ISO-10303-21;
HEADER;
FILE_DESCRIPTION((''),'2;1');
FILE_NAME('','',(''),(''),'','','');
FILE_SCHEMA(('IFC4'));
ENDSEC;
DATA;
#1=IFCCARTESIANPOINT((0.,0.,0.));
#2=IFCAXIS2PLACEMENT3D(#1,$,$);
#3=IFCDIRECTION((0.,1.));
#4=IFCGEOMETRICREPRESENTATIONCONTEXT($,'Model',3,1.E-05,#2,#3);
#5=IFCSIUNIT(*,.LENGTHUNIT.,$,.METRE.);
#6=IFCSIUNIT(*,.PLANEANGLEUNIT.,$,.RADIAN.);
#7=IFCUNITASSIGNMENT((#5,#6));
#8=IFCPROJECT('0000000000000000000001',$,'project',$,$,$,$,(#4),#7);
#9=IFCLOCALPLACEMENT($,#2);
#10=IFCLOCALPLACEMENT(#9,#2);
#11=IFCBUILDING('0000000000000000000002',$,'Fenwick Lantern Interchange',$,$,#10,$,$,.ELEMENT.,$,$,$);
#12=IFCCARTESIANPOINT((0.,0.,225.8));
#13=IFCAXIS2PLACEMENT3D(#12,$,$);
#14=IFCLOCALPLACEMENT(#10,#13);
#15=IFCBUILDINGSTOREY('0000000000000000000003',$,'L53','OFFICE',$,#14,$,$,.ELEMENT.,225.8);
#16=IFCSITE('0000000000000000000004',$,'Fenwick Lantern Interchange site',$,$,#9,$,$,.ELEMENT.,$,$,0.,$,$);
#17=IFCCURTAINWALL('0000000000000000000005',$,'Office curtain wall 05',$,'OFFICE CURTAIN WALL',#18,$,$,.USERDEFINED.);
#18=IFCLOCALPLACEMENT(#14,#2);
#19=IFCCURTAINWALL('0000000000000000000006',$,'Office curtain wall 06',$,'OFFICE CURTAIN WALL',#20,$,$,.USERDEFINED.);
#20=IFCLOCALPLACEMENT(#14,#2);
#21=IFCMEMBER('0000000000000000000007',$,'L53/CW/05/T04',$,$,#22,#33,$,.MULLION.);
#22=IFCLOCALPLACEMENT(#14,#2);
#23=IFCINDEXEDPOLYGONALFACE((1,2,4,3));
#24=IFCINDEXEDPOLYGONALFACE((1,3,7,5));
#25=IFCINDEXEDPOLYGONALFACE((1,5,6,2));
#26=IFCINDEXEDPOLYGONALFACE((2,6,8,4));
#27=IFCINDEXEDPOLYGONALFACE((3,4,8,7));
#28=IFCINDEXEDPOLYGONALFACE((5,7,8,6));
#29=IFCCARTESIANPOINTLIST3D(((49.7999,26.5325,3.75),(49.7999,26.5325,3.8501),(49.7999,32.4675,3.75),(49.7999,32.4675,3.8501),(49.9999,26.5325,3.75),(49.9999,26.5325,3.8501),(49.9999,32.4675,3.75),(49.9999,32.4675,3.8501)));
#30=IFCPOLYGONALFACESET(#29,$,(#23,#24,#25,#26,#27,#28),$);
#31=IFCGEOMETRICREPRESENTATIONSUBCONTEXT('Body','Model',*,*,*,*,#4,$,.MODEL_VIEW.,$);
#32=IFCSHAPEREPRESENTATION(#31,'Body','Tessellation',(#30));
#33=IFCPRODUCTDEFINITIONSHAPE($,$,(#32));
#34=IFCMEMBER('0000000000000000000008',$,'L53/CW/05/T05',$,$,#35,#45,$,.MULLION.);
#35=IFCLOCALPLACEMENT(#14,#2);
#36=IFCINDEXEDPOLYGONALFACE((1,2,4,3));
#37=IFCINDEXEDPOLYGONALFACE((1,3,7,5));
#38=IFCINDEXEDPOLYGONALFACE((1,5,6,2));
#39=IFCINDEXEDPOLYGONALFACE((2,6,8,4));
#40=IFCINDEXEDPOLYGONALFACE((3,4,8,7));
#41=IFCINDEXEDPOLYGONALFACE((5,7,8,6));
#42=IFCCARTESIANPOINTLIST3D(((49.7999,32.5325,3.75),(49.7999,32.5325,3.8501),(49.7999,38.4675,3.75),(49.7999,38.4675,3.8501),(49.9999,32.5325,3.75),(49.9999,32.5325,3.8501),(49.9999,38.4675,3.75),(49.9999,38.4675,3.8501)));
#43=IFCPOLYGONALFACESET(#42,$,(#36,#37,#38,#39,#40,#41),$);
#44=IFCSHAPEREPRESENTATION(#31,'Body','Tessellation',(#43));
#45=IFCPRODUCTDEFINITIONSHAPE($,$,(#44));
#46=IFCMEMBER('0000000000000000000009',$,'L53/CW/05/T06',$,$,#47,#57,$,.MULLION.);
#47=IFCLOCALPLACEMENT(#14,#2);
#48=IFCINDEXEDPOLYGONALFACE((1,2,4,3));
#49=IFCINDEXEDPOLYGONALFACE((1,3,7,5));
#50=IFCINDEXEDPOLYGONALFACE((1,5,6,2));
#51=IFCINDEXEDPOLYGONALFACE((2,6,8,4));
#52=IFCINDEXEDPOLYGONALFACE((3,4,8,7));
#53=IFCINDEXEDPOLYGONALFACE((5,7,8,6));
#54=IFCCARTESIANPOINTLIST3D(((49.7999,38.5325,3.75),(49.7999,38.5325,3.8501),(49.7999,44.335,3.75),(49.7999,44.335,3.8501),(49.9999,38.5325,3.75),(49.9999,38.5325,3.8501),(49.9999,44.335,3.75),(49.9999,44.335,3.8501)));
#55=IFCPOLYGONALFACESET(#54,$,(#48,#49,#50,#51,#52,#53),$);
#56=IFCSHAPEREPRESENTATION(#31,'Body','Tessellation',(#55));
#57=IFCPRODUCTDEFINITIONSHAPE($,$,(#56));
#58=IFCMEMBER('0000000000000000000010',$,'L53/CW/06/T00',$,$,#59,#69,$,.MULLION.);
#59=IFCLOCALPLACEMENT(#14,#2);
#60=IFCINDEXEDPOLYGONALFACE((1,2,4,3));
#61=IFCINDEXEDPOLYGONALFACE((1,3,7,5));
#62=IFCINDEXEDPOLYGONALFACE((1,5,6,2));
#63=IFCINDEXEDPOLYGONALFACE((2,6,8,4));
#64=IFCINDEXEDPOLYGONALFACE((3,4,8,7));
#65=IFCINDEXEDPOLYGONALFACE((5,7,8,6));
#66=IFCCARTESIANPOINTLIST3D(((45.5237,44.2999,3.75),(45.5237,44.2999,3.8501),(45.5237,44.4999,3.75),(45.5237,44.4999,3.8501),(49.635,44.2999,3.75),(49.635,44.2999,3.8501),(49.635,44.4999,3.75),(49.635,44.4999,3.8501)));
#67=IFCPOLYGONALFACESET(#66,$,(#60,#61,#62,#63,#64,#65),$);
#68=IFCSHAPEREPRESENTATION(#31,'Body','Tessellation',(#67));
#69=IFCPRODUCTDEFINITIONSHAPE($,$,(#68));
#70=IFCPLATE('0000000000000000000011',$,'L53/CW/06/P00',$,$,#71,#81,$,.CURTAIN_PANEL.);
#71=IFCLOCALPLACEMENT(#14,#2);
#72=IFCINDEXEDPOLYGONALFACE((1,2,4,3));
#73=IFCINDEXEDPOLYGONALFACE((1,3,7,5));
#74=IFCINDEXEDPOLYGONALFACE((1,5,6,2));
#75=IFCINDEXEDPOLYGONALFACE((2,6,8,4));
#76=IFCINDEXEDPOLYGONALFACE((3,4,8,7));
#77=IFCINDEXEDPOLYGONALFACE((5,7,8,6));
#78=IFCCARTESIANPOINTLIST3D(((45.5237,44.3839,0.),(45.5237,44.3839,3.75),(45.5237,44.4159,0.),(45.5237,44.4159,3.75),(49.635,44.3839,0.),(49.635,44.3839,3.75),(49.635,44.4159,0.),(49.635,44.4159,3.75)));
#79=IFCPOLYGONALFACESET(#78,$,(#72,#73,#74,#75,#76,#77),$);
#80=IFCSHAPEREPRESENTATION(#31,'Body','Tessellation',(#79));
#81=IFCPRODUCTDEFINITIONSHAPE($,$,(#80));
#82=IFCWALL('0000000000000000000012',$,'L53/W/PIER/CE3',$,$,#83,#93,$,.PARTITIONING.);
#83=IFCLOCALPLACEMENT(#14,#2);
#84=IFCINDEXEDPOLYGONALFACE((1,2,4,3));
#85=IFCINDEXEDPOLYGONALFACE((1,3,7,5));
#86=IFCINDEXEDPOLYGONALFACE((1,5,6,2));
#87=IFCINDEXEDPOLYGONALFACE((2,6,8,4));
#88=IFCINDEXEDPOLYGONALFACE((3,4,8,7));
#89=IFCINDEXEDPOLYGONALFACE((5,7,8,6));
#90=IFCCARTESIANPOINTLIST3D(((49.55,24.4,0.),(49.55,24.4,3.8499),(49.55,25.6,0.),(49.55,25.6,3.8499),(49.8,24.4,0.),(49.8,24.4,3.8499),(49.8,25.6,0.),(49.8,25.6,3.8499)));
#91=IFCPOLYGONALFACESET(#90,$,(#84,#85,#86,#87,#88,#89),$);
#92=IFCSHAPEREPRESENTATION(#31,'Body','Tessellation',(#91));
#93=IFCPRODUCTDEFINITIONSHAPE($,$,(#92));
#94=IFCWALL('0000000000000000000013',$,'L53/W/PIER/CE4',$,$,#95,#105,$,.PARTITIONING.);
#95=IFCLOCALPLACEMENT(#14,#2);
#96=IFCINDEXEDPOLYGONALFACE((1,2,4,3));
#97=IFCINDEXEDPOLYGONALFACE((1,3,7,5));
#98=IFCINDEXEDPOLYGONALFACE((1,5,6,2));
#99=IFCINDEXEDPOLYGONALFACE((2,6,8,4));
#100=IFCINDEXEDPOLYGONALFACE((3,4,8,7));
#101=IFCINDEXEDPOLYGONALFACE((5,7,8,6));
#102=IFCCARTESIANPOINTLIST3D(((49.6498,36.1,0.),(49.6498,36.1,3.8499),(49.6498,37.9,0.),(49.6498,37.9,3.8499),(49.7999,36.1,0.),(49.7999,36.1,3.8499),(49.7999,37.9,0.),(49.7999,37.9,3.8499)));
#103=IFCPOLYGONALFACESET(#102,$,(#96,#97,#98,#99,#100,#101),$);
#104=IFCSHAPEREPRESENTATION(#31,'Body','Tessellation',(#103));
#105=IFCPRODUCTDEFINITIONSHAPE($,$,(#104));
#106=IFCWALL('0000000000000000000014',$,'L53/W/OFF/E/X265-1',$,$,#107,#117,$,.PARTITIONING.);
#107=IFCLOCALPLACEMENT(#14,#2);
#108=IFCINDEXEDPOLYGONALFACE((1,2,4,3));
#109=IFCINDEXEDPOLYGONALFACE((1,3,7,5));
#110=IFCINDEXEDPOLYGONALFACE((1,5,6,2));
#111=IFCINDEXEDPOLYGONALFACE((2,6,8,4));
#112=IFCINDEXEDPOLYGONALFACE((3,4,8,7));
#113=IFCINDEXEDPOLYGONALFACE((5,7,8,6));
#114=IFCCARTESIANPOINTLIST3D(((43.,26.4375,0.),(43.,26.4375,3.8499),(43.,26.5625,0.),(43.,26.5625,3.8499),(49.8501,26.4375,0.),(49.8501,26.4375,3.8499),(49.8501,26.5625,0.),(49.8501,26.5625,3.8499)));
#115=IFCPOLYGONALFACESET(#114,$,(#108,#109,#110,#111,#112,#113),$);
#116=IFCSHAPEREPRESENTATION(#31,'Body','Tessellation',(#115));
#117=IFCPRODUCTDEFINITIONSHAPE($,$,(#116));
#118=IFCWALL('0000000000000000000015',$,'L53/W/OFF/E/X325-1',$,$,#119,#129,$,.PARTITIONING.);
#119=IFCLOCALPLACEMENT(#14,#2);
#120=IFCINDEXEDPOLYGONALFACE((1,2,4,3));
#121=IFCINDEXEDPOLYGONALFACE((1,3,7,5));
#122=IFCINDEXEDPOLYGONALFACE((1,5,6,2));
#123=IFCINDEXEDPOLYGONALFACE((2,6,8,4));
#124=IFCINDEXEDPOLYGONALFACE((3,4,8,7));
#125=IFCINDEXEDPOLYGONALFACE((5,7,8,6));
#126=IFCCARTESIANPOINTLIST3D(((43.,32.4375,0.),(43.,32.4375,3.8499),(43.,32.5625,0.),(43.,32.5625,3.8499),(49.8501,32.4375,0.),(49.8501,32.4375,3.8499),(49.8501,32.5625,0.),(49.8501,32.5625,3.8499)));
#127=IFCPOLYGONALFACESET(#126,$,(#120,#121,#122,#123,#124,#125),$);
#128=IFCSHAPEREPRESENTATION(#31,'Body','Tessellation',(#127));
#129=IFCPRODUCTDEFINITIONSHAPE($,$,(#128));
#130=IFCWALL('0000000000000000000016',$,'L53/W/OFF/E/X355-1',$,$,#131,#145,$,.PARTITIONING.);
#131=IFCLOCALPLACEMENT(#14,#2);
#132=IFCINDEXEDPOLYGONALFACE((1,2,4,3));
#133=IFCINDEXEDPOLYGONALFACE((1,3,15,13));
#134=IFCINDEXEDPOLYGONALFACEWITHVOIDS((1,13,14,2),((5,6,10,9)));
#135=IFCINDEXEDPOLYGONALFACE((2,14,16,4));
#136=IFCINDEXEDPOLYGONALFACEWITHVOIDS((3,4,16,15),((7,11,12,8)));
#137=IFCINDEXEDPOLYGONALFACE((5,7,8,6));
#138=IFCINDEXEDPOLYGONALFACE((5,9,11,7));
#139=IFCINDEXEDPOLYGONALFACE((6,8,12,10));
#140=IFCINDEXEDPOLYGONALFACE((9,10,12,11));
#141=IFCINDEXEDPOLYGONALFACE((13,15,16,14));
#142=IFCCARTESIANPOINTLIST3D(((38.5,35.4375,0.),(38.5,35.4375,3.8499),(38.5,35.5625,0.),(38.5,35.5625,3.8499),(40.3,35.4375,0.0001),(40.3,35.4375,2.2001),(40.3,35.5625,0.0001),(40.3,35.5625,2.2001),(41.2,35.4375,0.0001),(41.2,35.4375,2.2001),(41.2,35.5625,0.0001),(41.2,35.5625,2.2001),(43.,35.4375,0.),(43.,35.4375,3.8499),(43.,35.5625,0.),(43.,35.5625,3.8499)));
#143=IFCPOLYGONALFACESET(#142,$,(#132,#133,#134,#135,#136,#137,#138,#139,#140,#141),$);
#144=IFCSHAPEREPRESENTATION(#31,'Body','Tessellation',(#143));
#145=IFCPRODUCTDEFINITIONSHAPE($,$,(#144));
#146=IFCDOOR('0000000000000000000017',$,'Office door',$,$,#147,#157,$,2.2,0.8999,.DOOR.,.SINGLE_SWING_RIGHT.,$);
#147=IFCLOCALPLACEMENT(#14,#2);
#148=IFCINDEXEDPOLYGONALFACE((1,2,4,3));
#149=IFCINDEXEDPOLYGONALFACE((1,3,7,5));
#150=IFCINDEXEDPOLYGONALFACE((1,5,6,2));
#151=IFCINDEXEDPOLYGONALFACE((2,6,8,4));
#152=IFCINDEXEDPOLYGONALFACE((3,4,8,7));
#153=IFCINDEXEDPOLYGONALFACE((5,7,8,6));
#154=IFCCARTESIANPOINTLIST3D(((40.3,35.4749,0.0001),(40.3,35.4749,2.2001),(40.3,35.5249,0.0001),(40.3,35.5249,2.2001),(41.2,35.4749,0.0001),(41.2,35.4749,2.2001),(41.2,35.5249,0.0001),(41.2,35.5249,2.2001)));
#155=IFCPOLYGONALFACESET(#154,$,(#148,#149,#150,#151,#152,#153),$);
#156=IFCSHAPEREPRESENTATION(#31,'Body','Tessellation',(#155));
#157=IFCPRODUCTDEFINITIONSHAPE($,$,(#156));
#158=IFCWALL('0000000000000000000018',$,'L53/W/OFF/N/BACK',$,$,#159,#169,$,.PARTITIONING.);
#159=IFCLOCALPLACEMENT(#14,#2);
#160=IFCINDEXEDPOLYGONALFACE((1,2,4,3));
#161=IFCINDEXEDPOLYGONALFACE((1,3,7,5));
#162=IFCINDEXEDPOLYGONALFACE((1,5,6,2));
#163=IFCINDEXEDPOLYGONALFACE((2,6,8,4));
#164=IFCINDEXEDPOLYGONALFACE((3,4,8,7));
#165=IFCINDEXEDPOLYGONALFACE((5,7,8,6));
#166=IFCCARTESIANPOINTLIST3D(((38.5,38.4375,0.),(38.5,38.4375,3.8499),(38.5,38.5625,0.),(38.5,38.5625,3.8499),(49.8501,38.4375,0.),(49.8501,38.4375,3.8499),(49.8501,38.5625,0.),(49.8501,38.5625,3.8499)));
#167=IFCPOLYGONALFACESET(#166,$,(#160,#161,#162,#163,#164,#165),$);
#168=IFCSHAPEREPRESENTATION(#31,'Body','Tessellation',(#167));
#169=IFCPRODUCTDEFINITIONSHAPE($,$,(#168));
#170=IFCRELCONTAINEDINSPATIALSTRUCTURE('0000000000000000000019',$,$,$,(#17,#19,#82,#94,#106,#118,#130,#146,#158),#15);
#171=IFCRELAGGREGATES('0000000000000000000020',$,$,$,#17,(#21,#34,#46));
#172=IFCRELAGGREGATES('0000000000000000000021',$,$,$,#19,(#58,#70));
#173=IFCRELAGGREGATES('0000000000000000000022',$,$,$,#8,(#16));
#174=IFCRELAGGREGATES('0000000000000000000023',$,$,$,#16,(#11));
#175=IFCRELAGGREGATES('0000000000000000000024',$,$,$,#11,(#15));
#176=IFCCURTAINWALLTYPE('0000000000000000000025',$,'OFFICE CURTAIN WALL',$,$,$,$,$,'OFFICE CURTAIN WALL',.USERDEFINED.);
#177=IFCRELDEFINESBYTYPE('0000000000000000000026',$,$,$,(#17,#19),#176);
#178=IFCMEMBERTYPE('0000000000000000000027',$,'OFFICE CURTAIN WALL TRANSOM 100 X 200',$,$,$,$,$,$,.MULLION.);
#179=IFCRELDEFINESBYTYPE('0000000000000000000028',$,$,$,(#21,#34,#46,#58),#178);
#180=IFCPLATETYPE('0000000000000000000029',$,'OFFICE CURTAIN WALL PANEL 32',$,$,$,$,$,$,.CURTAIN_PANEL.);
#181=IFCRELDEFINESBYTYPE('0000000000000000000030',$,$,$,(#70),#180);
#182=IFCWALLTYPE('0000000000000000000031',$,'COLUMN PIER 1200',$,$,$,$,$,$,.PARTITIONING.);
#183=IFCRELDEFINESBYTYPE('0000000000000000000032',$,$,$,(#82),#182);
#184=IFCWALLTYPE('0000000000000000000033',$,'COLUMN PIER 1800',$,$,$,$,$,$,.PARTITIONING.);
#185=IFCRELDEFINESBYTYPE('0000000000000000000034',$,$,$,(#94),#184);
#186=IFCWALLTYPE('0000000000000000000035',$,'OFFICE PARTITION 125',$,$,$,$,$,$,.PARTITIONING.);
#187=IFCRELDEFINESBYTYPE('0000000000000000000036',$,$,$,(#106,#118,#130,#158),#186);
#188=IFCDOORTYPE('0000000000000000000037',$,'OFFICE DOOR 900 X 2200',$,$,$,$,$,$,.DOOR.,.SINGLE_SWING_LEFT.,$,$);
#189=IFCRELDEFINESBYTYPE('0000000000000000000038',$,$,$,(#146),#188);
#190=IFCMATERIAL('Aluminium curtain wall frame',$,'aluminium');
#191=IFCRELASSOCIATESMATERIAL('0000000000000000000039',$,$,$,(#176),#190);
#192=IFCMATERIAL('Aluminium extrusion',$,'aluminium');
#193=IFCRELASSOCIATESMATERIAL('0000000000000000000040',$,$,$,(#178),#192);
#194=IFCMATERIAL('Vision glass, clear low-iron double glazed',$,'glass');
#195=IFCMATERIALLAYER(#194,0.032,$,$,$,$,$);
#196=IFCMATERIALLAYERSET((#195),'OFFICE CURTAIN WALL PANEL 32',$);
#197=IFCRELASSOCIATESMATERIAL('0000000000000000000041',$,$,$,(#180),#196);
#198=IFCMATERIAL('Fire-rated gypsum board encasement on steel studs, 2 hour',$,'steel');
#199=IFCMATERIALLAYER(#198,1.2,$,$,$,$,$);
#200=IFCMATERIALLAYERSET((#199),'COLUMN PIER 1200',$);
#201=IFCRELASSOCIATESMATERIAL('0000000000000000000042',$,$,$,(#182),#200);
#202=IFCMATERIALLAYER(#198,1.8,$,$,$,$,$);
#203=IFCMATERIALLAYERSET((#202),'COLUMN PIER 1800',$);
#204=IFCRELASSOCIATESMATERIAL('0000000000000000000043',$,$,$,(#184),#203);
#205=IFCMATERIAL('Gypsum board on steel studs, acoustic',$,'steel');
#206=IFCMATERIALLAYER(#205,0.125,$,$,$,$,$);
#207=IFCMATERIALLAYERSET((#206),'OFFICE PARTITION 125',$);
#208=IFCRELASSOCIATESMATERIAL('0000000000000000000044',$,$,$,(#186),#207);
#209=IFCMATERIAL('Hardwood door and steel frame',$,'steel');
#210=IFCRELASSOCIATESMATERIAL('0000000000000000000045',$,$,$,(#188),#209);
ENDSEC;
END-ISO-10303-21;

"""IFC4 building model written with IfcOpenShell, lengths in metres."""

from ifc_helpers import new_model, si_unit, direction, frame, frame_2d, origin, origin_2d, place, context, subcontext, project, spatial, rectangle, extrude, material, layer, layer_set, material_profile, profile_set, type_object, element, fill, aggregate, save


model = new_model("IFC4")

# Units and contexts
model_context = context("Model", 3, precision=1e-05, world=origin(), true_north=direction((0.0, 1.0)))
body_context = subcontext(model_context, "Body", "Model", "MODEL_VIEW")
ifc_project = project(units=[si_unit("LENGTHUNIT", "METRE"), si_unit("PLANEANGLEUNIT", "RADIAN")], contexts=[model_context])

# Site, building, storey
site_placement = place(None, origin())
site = spatial("IfcSite", under=ifc_project, at=site_placement, Name="Fenwick Lantern Interchange site", CompositionType="ELEMENT", RefElevation=0.0)
building_placement = place(site_placement, origin())
building = spatial("IfcBuilding", under=site, at=building_placement, Name="Fenwick Lantern Interchange", CompositionType="ELEMENT")
storey_placement = place(building_placement, frame((0.0, 0.0, 225.8)))
storey = spatial("IfcBuildingStorey", under=building, at=storey_placement, Name="L53", Description="OFFICE", CompositionType="ELEMENT", Elevation=225.8)

# Curtain wall
ifc_material_1 = material(Name="Aluminium curtain wall frame", Category="aluminium")
curtain_wall_type = type_object("IfcCurtainWallType", Name="OFFICE CURTAIN WALL", ElementType="OFFICE CURTAIN WALL", PredefinedType="USERDEFINED", material=ifc_material_1)
curtain_wall_1_placement = place(storey_placement, origin())
curtain_wall_1 = element("IfcCurtainWall", 1, at=curtain_wall_1_placement, inside=storey, type_object=curtain_wall_type, Name="Office curtain wall 05", ObjectType="OFFICE CURTAIN WALL", PredefinedType="USERDEFINED")
ifc_material_2 = material(Name="Aluminium extrusion", Category="aluminium")

# Curtain wall
curtain_wall_2_placement = place(storey_placement, origin())
curtain_wall_2 = element("IfcCurtainWall", 2, at=curtain_wall_2_placement, inside=storey, type_object=curtain_wall_type, Name="Office curtain wall 06", ObjectType="OFFICE CURTAIN WALL", PredefinedType="USERDEFINED")

# Members
ifc_material_profile_1 = material_profile(ifc_material_2, rectangle(XDim=0.2, YDim=0.1001, at=origin_2d()), Name="OFFICE CURTAIN WALL TRANSOM 100 X 200")
ifc_profile_set_1 = profile_set([ifc_material_profile_1], Name="Aluminium extrusion")
member_type_1 = type_object("IfcMemberType", Name="OFFICE CURTAIN WALL TRANSOM 100 X 200", PredefinedType="MULLION", material=ifc_profile_set_1)
member_1_placement = place(storey_placement, frame((49.8999, 26.5325, 3.8), z_axis=(0.0, 1.0, 0.0), x_axis=(-1.0, 0.0, 0.0)))
member_1 = element("IfcMember", 3, at=member_1_placement, type_object=member_type_1, Name="L53/CW/05/T04", PredefinedType="MULLION", context=body_context, shape_type="SweptSolid", body=[
    extrude(rectangle(XDim=0.2, YDim=0.1001, at=origin_2d()), origin(), (0.0, 0.0, 1.0), 5.9351),
])
member_2_placement = place(storey_placement, frame((49.8999, 32.5325, 3.8), z_axis=(0.0, 1.0, 0.0), x_axis=(-1.0, 0.0, 0.0)))
member_2 = element("IfcMember", 4, at=member_2_placement, type_object=member_type_1, Name="L53/CW/05/T05", PredefinedType="MULLION", context=body_context, shape_type="SweptSolid", body=[
    extrude(rectangle(XDim=0.2, YDim=0.1001, at=origin_2d()), origin(), (0.0, 0.0, 1.0), 5.9351),
])
member_3_placement = place(storey_placement, frame((49.8999, 38.5325, 3.8), z_axis=(0.0, 1.0, 0.0), x_axis=(-1.0, 0.0, 0.0)))
member_3 = element("IfcMember", 5, at=member_3_placement, type_object=member_type_1, Name="L53/CW/05/T06", PredefinedType="MULLION", context=body_context, shape_type="SweptSolid", body=[
    extrude(rectangle(XDim=0.2, YDim=0.1001, at=origin_2d()), origin(), (0.0, 0.0, 1.0), 5.8025),
])
aggregate(curtain_wall_1, [member_1, member_2, member_3])
member_4_placement = place(storey_placement, frame((49.635, 44.3999, 3.8), z_axis=(-1.0, 0.0, 0.0), x_axis=(0.0, -1.0, 0.0)))
member_4 = element("IfcMember", 6, at=member_4_placement, type_object=member_type_1, Name="L53/CW/06/T00", PredefinedType="MULLION", context=body_context, shape_type="SweptSolid", body=[
    extrude(rectangle(XDim=0.2, YDim=0.1001, at=origin_2d()), origin(), (0.0, 0.0, 1.0), 4.1113),
])

# Plate
ifc_material_3 = material(Name="Vision glass, clear low-iron double glazed", Category="glass")
ifc_layer_1 = layer(ifc_material_3, 0.032)
ifc_layer_set_1 = layer_set([ifc_layer_1], Name="OFFICE CURTAIN WALL PANEL 32")
plate_type = type_object("IfcPlateType", Name="OFFICE CURTAIN WALL PANEL 32", PredefinedType="CURTAIN_PANEL", material=ifc_layer_set_1)
plate_placement = place(storey_placement, frame((47.5793, 44.3999, 0.0), z_axis=(0.0, 0.0, 1.0), x_axis=(-1.0, 0.0, 0.0)))
plate = element("IfcPlate", 7, at=plate_placement, type_object=plate_type, Name="L53/CW/06/P00", PredefinedType="CURTAIN_PANEL", context=body_context, shape_type="SweptSolid", body=[
    extrude(rectangle(XDim=4.1113, YDim=0.032, at=origin_2d()), origin(), (0.0, 0.0, 1.0), 3.75),
])
aggregate(curtain_wall_2, [member_4, plate])

# Walls
ifc_material_4 = material(Name="Fire-rated gypsum board encasement on steel studs, 2 hour", Category="steel")
ifc_layer_2 = layer(ifc_material_4, 1.2)
ifc_layer_set_2 = layer_set([ifc_layer_2], Name="COLUMN PIER 1200")
wall_type_1 = type_object("IfcWallType", Name="COLUMN PIER 1200", PredefinedType="PARTITIONING", material=ifc_layer_set_2)
wall_1_placement = place(storey_placement, frame((49.8, 25.0, 0.0), z_axis=(0.0, 0.0, 1.0), x_axis=(-1.0, 0.0, 0.0)))
element("IfcWall", 8, at=wall_1_placement, inside=storey, type_object=wall_type_1, Name="L53/W/PIER/CE3", PredefinedType="PARTITIONING", context=body_context, shape_type="SweptSolid", body=[
    extrude(rectangle(XDim=0.25, YDim=1.2, at=frame_2d((0.125, 0.0))), origin(), (0.0, 0.0, 1.0), 3.8499),
])
ifc_layer_3 = layer(ifc_material_4, 1.8)
ifc_layer_set_3 = layer_set([ifc_layer_3], Name="COLUMN PIER 1800")
wall_type_2 = type_object("IfcWallType", Name="COLUMN PIER 1800", PredefinedType="PARTITIONING", material=ifc_layer_set_3)
wall_2_placement = place(storey_placement, frame((49.8, 37.0, 0.0), z_axis=(0.0, 0.0, 1.0), x_axis=(-1.0, 0.0, 0.0)))
element("IfcWall", 9, at=wall_2_placement, inside=storey, type_object=wall_type_2, Name="L53/W/PIER/CE4", PredefinedType="PARTITIONING", context=body_context, shape_type="SweptSolid", body=[
    extrude(rectangle(XDim=0.1501, YDim=1.8, at=frame_2d((0.0752, 0.0))), origin(), (0.0, 0.0, 1.0), 3.8499),
])
ifc_material_5 = material(Name="Gypsum board on steel studs, acoustic", Category="steel")
ifc_layer_4 = layer(ifc_material_5, 0.125)
ifc_layer_set_4 = layer_set([ifc_layer_4], Name="OFFICE PARTITION 125")
wall_type_3 = type_object("IfcWallType", Name="OFFICE PARTITION 125", PredefinedType="PARTITIONING", material=ifc_layer_set_4)
for number, where, z_axis, x_axis, name in (
    (10, (49.8501, 26.5, 0.0), (0.0, 0.0, 1.0), (-1.0, 0.0, 0.0), "L53/W/OFF/E/X265-1"),
    (11, (49.8501, 32.5, 0.0), (0.0, 0.0, 1.0), (-1.0, 0.0, 0.0), "L53/W/OFF/E/X325-1"),
):
    element("IfcWall", number, at=place(storey_placement, frame(where, z_axis=z_axis, x_axis=x_axis)), inside=storey, type_object=wall_type_3, Name=name, PredefinedType="PARTITIONING", context=body_context, shape_type="SweptSolid", body=[
        extrude(rectangle(XDim=6.8501, YDim=0.125, at=frame_2d((3.425, 0.0))), origin(), (0.0, 0.0, 1.0), 3.8499),
    ])

# Wall, opening, door
wall_3_placement = place(storey_placement, frame((43.0, 35.5, 0.0), z_axis=(0.0, 0.0, 1.0), x_axis=(-1.0, 0.0, 0.0)))
wall_3 = element("IfcWall", 12, at=wall_3_placement, inside=storey, type_object=wall_type_3, Name="L53/W/OFF/E/X355-1", PredefinedType="PARTITIONING", context=body_context, shape_type="SweptSolid", body=[
    extrude(rectangle(XDim=4.5, YDim=0.125, at=frame_2d((2.25, 0.0))), origin(), (0.0, 0.0, 1.0), 3.8499),
])
opening_placement = place(wall_3_placement, frame((1.8, 0.0, 0.0)))
opening = element("IfcOpeningElement", 13, at=opening_placement, cuts=wall_3, PredefinedType="OPENING", context=body_context, shape_type="SweptSolid", body=[
    extrude(rectangle(XDim=0.8999, YDim=2.2, at=frame_2d((0.45, 1.1001))), frame((0.0, 0.0725, 0.0), z_axis=(0.0, -1.0, 0.0), x_axis=(1.0, 0.0, 0.0)), (0.0, 0.0, 1.0), 0.145),
])
ifc_material_6 = material(Name="Hardwood door and steel frame", Category="steel")
door_type = type_object("IfcDoorType", Name="OFFICE DOOR 900 X 2200", OperationType="SINGLE_SWING_LEFT", PredefinedType="DOOR", material=ifc_material_6)
door_placement = place(opening_placement, frame((0.8999, 0.0, 0.0), z_axis=(0.0, 0.0, 1.0), x_axis=(-1.0, 0.0, 0.0)))
door = element("IfcDoor", 14, at=door_placement, inside=storey, type_object=door_type, Name="Office door", OperationType="SINGLE_SWING_RIGHT", OverallHeight=2.2, OverallWidth=0.8999, PredefinedType="DOOR", context=body_context, shape_type="SweptSolid", body=[
    extrude(rectangle(XDim=0.8999, YDim=2.2, at=frame_2d((0.45, 1.1001))), frame((0.0, 0.0249, 0.0), z_axis=(0.0, -1.0, 0.0), x_axis=(1.0, 0.0, 0.0)), (0.0, 0.0, 1.0), 0.05),
])
fill(opening, door)

# Wall
wall_4_placement = place(storey_placement, frame((49.8501, 38.5, 0.0), z_axis=(0.0, 0.0, 1.0), x_axis=(-1.0, 0.0, 0.0)))
element("IfcWall", 15, at=wall_4_placement, inside=storey, type_object=wall_type_3, Name="L53/W/OFF/N/BACK", PredefinedType="PARTITIONING", context=body_context, shape_type="SweptSolid", body=[
    extrude(rectangle(XDim=11.3501, YDim=0.125, at=frame_2d((5.675, 0.0))), origin(), (0.0, 0.0, 1.0), 3.8499),
])

save(model, "model.ifc")
